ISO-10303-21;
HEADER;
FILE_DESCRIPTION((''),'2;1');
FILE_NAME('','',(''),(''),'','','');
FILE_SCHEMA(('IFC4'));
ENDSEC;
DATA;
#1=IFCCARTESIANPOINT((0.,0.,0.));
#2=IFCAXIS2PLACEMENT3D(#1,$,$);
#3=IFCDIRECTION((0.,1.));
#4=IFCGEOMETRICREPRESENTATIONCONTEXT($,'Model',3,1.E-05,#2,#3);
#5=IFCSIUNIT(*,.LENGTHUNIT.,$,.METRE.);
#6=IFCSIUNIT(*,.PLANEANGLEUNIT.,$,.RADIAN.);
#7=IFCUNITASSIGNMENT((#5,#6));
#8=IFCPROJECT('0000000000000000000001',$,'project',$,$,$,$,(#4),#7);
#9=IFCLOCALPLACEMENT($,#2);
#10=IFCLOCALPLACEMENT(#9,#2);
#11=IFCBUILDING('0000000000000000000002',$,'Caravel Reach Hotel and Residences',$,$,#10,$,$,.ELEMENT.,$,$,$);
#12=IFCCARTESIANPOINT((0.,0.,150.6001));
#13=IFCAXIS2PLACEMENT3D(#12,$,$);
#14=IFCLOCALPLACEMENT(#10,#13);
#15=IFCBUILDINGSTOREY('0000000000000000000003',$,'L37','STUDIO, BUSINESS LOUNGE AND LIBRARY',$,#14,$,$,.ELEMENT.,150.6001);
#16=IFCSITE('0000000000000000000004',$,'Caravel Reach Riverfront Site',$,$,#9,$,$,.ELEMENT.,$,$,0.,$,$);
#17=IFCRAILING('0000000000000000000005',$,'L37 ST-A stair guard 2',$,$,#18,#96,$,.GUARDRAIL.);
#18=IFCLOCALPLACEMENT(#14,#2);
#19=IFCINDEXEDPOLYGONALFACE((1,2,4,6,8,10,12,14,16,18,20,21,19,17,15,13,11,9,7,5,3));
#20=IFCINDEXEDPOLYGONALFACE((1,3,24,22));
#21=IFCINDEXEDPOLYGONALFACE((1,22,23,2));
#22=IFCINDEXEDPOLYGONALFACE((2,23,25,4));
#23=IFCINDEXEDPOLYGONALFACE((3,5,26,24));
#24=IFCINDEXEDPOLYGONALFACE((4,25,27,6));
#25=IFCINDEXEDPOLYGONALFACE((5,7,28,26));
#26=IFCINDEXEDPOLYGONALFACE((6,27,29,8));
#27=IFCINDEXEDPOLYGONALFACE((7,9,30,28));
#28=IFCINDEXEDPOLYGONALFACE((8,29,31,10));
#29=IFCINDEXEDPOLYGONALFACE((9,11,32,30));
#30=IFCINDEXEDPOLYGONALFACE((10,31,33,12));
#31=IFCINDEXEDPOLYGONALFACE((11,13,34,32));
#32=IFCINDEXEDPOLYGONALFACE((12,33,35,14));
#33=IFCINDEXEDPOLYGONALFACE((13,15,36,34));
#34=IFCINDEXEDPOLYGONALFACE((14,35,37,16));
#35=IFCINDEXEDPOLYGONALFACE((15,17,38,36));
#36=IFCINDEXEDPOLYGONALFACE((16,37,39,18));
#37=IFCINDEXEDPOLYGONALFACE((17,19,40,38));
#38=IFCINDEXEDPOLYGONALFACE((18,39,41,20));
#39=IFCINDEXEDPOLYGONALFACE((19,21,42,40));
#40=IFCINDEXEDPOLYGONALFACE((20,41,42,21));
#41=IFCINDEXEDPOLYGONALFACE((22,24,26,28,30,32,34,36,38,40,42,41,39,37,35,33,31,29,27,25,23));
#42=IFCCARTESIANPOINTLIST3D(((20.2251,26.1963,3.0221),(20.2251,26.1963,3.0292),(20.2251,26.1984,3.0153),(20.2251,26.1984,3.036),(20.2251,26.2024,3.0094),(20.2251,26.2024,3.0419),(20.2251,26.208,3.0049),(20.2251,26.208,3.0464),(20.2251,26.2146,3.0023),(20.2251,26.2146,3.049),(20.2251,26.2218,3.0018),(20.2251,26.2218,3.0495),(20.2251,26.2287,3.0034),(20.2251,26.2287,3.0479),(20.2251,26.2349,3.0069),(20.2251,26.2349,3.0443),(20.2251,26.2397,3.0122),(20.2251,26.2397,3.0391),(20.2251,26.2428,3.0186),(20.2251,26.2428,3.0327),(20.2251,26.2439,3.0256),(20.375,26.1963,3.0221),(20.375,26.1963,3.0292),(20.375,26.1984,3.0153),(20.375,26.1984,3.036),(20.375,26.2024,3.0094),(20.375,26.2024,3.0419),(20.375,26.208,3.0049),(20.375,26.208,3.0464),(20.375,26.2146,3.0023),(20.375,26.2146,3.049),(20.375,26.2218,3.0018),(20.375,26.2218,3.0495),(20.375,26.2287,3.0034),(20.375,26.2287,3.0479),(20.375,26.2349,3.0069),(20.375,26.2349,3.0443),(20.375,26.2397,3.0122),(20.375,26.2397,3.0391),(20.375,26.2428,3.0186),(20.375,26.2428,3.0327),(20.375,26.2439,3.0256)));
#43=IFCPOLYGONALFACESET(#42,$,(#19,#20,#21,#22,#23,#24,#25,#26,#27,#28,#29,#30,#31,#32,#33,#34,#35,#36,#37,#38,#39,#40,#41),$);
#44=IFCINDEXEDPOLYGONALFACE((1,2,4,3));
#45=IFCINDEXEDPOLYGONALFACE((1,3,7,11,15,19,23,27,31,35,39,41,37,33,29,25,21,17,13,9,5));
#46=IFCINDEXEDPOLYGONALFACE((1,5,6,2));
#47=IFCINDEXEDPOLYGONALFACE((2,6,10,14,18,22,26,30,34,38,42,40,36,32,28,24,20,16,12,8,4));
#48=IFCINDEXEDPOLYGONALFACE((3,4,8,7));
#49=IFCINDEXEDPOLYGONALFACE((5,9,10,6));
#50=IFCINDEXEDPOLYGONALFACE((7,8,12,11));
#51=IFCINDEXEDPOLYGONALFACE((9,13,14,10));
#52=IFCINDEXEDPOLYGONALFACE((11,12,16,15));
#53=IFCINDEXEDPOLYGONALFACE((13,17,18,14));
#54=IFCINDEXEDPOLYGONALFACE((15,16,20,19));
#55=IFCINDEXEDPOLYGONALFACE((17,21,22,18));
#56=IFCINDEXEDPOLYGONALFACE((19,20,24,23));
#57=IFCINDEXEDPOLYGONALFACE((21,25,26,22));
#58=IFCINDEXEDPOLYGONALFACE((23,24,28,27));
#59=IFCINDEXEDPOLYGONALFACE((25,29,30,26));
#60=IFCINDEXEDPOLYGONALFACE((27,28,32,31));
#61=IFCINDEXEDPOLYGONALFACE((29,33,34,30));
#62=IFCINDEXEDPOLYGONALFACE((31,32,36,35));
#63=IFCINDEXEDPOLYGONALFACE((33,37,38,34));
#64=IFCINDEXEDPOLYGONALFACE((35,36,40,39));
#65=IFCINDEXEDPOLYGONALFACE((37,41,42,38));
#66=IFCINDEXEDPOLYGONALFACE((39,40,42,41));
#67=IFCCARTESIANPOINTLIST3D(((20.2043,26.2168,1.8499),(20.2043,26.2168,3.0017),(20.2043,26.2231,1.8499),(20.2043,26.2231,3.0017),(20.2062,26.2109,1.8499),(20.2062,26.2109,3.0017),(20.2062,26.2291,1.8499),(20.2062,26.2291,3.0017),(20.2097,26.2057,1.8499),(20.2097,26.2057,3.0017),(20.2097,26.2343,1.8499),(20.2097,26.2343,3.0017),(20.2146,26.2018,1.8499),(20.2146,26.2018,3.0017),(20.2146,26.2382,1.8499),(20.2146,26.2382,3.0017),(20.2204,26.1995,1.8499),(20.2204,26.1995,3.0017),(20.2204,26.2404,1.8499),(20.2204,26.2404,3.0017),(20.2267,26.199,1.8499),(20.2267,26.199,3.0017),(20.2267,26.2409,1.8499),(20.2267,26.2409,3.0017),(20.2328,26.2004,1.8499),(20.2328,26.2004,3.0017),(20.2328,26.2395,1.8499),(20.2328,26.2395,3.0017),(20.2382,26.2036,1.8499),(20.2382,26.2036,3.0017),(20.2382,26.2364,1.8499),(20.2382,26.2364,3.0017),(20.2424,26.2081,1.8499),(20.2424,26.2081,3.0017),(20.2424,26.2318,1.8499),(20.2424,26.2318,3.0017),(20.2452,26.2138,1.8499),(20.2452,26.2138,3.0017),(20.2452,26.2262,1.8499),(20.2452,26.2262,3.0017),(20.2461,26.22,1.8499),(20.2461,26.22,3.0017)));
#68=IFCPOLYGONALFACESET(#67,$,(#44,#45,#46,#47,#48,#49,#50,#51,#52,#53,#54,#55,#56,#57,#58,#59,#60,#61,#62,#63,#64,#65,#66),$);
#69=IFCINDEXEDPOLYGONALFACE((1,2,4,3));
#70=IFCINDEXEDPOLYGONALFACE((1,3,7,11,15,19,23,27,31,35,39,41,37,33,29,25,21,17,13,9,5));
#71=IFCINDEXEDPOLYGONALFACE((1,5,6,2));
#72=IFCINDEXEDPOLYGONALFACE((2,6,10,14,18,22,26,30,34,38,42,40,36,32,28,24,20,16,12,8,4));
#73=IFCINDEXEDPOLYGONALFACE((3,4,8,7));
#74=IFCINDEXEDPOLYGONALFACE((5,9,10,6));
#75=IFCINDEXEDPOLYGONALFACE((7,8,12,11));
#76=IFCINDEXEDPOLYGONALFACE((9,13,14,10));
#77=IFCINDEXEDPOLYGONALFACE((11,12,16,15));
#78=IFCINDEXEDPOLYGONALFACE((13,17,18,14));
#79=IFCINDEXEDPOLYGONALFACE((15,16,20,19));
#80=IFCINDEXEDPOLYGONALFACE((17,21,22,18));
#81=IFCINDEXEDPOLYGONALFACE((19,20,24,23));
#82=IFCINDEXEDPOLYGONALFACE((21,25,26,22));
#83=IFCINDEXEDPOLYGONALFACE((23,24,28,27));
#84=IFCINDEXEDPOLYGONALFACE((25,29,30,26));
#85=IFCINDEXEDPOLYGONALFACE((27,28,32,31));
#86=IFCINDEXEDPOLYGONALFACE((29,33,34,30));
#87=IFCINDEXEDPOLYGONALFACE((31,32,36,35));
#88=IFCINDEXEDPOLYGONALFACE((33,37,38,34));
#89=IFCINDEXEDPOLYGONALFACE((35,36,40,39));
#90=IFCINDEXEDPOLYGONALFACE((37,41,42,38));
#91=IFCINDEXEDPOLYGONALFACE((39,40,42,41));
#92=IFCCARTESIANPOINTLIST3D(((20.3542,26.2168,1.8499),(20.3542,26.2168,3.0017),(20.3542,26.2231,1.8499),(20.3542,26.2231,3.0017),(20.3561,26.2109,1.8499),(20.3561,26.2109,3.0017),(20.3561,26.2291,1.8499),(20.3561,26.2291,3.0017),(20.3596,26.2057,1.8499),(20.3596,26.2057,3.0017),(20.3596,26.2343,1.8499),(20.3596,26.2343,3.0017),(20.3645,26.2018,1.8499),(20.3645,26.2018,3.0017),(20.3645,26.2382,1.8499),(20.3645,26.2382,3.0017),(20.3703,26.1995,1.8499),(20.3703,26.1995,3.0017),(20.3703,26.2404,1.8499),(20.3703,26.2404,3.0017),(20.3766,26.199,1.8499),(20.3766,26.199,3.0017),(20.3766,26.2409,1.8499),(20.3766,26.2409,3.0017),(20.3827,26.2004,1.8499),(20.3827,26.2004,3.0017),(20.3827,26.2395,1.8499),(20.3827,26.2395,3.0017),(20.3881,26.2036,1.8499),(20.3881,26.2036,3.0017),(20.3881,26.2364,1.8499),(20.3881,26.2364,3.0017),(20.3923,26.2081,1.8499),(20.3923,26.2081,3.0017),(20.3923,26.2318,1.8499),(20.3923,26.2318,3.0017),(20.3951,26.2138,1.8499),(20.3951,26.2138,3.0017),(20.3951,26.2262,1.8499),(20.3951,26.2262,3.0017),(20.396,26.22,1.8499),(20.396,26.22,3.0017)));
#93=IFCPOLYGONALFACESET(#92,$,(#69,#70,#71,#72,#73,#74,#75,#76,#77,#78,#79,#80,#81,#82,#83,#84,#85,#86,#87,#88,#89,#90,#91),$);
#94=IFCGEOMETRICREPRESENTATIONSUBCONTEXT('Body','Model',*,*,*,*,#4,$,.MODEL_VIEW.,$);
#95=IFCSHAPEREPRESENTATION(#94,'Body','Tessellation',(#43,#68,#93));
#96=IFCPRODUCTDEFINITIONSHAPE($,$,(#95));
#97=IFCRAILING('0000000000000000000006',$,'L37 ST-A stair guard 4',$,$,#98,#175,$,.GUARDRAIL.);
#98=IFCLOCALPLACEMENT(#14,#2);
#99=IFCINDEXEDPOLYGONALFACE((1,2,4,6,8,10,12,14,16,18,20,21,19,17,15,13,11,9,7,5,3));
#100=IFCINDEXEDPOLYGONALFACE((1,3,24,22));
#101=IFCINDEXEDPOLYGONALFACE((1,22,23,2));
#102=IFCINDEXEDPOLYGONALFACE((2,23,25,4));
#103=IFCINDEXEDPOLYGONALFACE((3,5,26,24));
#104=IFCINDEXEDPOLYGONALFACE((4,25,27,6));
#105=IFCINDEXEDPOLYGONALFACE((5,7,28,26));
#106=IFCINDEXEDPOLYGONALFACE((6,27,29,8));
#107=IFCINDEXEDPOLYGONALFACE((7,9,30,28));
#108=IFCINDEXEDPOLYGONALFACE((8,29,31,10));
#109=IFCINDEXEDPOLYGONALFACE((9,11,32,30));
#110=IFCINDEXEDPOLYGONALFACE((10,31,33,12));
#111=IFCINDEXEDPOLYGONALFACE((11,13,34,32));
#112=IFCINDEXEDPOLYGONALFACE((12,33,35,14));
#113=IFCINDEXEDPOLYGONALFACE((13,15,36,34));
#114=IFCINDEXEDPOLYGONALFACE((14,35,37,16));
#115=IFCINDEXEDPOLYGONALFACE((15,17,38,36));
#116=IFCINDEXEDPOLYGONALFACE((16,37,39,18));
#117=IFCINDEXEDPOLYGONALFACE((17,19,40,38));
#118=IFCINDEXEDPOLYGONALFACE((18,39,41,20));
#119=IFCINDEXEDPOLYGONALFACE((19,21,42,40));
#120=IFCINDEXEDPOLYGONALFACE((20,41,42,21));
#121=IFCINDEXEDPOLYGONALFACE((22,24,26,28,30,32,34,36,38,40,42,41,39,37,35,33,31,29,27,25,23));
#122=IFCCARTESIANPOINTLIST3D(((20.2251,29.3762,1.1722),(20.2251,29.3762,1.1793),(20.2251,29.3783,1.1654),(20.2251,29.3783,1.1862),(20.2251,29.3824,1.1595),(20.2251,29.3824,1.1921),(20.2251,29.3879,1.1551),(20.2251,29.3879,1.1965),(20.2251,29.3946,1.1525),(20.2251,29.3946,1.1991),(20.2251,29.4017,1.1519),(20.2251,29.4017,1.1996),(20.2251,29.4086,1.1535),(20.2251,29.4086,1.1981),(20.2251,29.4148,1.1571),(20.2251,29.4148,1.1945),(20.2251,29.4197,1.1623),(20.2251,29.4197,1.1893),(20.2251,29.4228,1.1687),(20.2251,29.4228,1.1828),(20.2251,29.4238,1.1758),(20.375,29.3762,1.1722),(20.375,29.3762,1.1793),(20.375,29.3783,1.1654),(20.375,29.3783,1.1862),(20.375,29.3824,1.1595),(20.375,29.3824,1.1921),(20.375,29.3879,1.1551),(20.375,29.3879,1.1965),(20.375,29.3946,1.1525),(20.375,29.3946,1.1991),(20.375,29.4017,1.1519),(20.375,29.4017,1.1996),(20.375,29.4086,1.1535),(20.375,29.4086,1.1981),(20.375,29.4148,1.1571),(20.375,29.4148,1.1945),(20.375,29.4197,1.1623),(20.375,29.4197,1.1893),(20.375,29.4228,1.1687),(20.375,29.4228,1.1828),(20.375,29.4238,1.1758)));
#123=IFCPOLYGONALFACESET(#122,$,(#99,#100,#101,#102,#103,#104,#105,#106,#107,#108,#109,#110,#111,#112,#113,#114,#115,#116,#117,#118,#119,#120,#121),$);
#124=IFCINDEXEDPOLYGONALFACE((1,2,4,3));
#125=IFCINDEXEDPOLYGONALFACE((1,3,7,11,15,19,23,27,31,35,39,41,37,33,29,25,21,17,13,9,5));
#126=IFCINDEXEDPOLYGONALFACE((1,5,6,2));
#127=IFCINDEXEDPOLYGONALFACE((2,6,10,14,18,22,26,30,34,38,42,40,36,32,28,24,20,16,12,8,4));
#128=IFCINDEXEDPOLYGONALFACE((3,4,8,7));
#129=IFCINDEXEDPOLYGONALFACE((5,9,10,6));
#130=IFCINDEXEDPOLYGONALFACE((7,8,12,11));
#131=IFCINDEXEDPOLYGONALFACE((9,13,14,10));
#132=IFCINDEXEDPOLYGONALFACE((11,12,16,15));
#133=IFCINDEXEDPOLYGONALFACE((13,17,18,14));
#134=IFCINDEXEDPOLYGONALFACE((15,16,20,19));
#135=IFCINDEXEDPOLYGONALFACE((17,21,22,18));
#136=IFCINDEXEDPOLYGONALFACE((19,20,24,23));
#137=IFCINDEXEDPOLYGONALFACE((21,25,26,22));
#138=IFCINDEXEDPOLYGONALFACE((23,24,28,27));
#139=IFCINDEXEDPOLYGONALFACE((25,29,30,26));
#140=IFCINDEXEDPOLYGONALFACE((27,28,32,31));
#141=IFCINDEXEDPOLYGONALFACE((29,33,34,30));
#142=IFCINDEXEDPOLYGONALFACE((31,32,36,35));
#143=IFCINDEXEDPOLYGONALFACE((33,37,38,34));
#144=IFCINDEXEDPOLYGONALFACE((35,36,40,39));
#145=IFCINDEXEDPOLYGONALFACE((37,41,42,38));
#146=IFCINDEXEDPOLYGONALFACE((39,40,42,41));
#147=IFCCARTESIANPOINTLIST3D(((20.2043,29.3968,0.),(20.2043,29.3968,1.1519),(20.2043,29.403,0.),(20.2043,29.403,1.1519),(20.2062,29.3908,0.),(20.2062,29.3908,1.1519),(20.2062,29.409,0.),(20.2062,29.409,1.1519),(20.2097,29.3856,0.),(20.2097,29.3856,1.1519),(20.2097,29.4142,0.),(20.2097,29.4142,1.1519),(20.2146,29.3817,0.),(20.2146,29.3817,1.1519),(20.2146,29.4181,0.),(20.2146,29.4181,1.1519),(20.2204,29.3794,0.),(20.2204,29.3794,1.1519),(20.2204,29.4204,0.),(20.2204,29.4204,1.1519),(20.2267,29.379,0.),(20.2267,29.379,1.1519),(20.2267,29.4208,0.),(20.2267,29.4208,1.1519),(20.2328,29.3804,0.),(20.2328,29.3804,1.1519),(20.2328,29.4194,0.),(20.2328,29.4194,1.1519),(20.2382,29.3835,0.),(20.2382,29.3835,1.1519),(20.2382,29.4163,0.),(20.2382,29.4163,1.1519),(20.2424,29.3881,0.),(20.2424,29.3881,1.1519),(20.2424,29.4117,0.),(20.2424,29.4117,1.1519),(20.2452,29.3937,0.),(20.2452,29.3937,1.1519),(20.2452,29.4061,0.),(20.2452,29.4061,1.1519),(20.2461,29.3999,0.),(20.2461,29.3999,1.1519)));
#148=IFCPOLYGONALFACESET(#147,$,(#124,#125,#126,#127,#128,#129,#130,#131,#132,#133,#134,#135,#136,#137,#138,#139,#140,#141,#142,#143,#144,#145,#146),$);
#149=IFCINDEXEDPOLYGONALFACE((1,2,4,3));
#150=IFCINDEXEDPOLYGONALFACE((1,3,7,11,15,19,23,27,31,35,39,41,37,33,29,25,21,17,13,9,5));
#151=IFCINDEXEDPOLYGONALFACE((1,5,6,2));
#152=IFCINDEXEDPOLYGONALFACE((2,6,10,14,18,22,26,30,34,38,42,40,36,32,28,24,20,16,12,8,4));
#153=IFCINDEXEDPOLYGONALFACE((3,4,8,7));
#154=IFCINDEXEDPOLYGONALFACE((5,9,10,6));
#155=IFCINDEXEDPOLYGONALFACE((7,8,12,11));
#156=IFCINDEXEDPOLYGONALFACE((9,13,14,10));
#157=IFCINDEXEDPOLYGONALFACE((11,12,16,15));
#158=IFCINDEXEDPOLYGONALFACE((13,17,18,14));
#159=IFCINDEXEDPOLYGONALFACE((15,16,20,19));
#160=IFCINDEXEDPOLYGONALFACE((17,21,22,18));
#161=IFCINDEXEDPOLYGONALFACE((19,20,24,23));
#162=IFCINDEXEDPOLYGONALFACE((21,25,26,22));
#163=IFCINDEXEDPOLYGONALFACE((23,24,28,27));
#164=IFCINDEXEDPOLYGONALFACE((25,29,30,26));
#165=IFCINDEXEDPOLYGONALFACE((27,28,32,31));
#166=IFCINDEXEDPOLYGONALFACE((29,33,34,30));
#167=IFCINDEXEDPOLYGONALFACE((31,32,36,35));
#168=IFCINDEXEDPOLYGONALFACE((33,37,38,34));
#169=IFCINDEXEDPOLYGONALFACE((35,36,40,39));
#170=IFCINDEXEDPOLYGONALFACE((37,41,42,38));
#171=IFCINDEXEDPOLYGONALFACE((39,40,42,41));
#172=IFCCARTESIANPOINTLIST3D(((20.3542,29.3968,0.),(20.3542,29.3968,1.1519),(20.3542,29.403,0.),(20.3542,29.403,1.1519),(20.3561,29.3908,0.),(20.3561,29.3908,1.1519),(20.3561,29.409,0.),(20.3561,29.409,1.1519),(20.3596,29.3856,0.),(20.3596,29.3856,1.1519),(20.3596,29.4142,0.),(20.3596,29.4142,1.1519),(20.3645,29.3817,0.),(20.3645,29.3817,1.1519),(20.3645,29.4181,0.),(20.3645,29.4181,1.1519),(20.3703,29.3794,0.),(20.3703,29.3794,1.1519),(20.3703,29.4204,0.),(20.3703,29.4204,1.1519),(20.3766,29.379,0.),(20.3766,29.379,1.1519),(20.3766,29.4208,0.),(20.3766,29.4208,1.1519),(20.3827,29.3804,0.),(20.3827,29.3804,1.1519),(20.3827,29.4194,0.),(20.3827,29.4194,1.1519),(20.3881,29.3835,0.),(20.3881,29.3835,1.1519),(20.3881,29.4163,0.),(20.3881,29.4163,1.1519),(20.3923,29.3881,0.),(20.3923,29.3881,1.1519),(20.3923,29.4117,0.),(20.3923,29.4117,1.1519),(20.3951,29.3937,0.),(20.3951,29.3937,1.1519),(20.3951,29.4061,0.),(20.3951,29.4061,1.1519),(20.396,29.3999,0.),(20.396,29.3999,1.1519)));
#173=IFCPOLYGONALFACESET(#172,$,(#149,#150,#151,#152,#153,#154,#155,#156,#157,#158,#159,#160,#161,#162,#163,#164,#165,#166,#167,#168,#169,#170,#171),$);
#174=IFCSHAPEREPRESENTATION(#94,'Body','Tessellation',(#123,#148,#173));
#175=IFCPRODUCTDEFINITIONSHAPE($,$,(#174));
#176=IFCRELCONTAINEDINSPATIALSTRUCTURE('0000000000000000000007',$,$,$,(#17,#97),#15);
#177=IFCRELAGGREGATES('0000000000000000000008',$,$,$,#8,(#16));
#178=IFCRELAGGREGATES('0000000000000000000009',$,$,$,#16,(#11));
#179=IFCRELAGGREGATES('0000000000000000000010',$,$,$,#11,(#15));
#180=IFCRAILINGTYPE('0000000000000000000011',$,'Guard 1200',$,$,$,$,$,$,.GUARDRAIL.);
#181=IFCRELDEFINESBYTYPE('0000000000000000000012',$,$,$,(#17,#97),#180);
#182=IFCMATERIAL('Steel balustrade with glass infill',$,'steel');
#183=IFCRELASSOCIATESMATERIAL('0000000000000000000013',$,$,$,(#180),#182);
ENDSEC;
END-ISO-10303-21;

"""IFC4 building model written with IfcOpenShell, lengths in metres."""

from ifc_helpers import new_model, si_unit, direction, frame, origin, origin_2d, place, context, subcontext, project, spatial, circle, extrude, material, type_object, element, save


model = new_model("IFC4")

# Units and contexts
model_context = context("Model", 3, precision=1e-05, world=origin(), true_north=direction((0.0, 1.0)))
body_context = subcontext(model_context, "Body", "Model", "MODEL_VIEW")
ifc_project = project(units=[si_unit("LENGTHUNIT", "METRE"), si_unit("PLANEANGLEUNIT", "RADIAN")], contexts=[model_context])

# Site, building, storey
site_placement = place(None, origin())
site = spatial("IfcSite", under=ifc_project, at=site_placement, Name="Caravel Reach Riverfront Site", CompositionType="ELEMENT", RefElevation=0.0)
building_placement = place(site_placement, origin())
building = spatial("IfcBuilding", under=site, at=building_placement, Name="Caravel Reach Hotel and Residences", CompositionType="ELEMENT")
storey_placement = place(building_placement, frame((0.0, 0.0, 150.6001)))
storey = spatial("IfcBuildingStorey", under=building, at=storey_placement, Name="L37", Description="STUDIO, BUSINESS LOUNGE AND LIBRARY", CompositionType="ELEMENT", Elevation=150.6001)

# Railings
ifc_material_1 = material(Name="Steel balustrade with glass infill", Category="steel")
railing_type_1 = type_object("IfcRailingType", Name="Guard 1200", PredefinedType="GUARDRAIL", material=ifc_material_1)
for number, where, name in (
    (1, (20.2251, 26.22, 1.8499), "L37 ST-A stair guard 2"),
    (2, (20.2251, 29.3999, 0.0), "L37 ST-A stair guard 4"),
):
    element("IfcRailing", number, at=place(storey_placement, frame(where)), inside=storey, type_object=railing_type_1, Name=name, PredefinedType="GUARDRAIL", context=body_context, shape_type="SweptSolid", body=[
        extrude(circle(Radius=0.0239, at=origin_2d()), frame((0.0, 0.0, 1.1758), z_axis=(1.0, 0.0, 0.0), x_axis=(0.0, 1.0, 0.0)), (0.0, 0.0, 1.0), 0.1499),
        extrude(circle(Radius=0.021, at=origin_2d()), origin(), (0.0, 0.0, 1.0), 1.1519),
        extrude(circle(Radius=0.021, at=origin_2d()), frame((0.1499, 0.0, 0.0)), (0.0, 0.0, 1.0), 1.1519),
    ])

save(model, "model.ifc")
